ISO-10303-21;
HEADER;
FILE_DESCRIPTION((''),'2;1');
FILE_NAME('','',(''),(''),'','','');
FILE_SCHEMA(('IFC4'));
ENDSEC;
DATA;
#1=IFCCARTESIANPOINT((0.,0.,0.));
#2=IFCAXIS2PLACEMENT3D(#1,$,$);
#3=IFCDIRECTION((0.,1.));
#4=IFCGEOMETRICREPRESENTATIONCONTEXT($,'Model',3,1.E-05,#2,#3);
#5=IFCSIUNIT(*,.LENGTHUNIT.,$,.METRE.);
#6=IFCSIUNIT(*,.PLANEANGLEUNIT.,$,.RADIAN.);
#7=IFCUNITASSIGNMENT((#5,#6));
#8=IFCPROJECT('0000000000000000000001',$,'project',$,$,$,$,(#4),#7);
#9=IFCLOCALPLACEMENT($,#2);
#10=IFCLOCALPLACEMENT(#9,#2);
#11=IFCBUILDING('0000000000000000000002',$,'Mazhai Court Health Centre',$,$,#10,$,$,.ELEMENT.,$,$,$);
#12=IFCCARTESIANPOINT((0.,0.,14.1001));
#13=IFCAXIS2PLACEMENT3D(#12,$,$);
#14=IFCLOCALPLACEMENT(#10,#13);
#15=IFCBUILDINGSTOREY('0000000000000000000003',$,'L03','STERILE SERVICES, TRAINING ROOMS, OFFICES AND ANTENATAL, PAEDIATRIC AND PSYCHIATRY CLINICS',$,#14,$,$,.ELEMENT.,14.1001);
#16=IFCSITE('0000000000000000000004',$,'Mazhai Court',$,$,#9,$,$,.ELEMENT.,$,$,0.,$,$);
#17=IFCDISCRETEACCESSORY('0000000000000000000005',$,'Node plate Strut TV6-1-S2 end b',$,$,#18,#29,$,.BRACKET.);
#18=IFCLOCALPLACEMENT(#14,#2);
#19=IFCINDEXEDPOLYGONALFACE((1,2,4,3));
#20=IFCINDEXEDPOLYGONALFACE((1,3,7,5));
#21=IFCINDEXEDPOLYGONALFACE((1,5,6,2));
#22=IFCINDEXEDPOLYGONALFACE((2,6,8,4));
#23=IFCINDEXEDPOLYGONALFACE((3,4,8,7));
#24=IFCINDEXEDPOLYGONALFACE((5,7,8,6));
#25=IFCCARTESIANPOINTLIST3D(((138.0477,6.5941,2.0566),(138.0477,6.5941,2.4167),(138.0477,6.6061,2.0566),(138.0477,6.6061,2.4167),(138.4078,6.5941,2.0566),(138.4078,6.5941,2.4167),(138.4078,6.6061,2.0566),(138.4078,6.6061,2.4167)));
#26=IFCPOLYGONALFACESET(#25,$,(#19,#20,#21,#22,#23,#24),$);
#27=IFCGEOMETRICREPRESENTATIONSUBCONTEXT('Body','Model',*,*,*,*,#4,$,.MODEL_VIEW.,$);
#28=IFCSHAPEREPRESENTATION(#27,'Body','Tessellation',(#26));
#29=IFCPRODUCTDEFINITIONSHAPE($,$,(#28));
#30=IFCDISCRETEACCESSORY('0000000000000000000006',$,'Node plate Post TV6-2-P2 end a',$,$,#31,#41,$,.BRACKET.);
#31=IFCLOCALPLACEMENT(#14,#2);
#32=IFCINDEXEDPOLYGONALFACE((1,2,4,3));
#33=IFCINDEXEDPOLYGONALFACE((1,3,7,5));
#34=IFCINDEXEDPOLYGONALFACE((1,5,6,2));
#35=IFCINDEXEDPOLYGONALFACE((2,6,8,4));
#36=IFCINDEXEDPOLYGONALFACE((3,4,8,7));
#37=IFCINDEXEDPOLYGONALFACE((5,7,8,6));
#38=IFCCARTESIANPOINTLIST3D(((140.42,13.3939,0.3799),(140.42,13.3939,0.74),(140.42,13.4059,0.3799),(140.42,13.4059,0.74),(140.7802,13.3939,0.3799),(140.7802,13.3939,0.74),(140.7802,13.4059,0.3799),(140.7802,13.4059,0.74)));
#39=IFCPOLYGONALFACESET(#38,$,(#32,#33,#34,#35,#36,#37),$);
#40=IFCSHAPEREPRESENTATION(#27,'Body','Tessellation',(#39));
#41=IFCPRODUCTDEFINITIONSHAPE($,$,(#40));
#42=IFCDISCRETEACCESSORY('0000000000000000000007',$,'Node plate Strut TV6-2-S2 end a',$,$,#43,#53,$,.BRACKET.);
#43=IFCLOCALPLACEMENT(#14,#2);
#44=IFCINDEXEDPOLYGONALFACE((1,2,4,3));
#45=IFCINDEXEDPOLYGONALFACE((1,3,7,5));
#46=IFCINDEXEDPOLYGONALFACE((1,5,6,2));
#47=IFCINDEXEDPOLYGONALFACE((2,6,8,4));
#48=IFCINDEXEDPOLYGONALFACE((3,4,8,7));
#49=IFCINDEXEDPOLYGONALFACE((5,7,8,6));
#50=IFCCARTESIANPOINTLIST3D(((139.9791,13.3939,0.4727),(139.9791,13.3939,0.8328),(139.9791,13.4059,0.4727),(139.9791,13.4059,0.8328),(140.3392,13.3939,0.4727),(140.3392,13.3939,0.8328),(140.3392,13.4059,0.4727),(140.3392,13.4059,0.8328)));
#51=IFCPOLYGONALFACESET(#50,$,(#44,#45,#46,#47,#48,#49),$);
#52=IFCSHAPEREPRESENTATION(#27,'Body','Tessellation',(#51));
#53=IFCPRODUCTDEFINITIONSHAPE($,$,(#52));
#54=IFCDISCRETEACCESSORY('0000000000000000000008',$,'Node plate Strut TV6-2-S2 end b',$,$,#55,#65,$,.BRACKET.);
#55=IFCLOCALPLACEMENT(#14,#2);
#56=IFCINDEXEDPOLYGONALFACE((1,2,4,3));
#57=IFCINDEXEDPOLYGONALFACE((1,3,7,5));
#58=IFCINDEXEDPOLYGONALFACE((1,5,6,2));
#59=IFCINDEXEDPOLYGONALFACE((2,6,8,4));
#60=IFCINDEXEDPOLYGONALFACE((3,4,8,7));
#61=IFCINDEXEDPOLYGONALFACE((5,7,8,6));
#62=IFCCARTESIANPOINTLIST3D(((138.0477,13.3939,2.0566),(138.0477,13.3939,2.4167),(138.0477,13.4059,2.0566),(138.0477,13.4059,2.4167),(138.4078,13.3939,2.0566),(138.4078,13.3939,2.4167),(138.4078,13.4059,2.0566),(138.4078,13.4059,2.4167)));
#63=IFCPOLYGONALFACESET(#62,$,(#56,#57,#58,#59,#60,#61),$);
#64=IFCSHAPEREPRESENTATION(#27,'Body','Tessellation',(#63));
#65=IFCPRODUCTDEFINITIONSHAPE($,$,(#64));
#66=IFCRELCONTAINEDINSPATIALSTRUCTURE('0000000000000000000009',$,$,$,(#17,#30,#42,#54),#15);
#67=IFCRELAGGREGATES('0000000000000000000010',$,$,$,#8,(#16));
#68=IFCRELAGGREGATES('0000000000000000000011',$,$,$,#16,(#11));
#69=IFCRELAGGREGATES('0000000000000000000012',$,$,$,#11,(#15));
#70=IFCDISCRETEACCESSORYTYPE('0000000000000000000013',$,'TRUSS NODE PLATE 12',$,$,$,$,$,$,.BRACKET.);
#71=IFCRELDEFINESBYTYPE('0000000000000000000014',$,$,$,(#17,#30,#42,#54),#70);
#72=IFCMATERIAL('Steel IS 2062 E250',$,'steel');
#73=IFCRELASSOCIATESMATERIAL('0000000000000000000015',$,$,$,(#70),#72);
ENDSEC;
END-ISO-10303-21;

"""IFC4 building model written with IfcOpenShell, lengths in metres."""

from ifc_helpers import new_model, si_unit, direction, frame, origin, origin_2d, place, context, subcontext, project, spatial, rectangle, extrude, material, type_object, element, save


model = new_model("IFC4")

# Units and contexts
model_context = context("Model", 3, precision=1e-05, world=origin(), true_north=direction((0.0, 1.0)))
body_context = subcontext(model_context, "Body", "Model", "MODEL_VIEW")
ifc_project = project(units=[si_unit("LENGTHUNIT", "METRE"), si_unit("PLANEANGLEUNIT", "RADIAN")], contexts=[model_context])

# Site, building, storey
site_placement = place(None, origin())
site = spatial("IfcSite", under=ifc_project, at=site_placement, Name="Mazhai Court", CompositionType="ELEMENT", RefElevation=0.0)
building_placement = place(site_placement, origin())
building = spatial("IfcBuilding", under=site, at=building_placement, Name="Mazhai Court Health Centre", CompositionType="ELEMENT")
storey_placement = place(building_placement, frame((0.0, 0.0, 14.1001)))
storey = spatial("IfcBuildingStorey", under=building, at=storey_placement, Name="L03", Description="STERILE SERVICES, TRAINING ROOMS, OFFICES AND ANTENATAL, PAEDIATRIC AND PSYCHIATRY CLINICS", CompositionType="ELEMENT", Elevation=14.1001)

# Discrete accessories
ifc_material_1 = material(Name="Steel IS 2062 E250", Category="steel")
discrete_accessory_type = type_object("IfcDiscreteAccessoryType", Name="TRUSS NODE PLATE 12", PredefinedType="BRACKET", material=ifc_material_1)
for number, where, z_axis, x_axis, name in (
    (1, (138.2278, 6.6001, 2.0566), (0.0, 0.0, 1.0), (1.0, 0.0, 0.0), "Node plate Strut TV6-1-S2 end b"),
    (2, (140.6001, 13.3999, 0.3799), (0.0, 0.0, 1.0), (1.0, 0.0, 0.0), "Node plate Post TV6-2-P2 end a"),
    (3, (140.1592, 13.3999, 0.4727), (0.0, 0.0, 1.0), (1.0, 0.0, 0.0), "Node plate Strut TV6-2-S2 end a"),
    (4, (138.2278, 13.3999, 2.0566), (0.0, 0.0, 1.0), (1.0, 0.0, 0.0), "Node plate Strut TV6-2-S2 end b"),
):
    element("IfcDiscreteAccessory", number, at=place(storey_placement, frame(where, z_axis=z_axis, x_axis=x_axis)), inside=storey, type_object=discrete_accessory_type, Name=name, PredefinedType="BRACKET", context=body_context, shape_type="SweptSolid", body=[
        extrude(rectangle(XDim=0.3601, YDim=0.012, at=origin_2d()), origin(), (0.0, 0.0, 1.0), 0.3601),
    ])

save(model, "model.ifc")
